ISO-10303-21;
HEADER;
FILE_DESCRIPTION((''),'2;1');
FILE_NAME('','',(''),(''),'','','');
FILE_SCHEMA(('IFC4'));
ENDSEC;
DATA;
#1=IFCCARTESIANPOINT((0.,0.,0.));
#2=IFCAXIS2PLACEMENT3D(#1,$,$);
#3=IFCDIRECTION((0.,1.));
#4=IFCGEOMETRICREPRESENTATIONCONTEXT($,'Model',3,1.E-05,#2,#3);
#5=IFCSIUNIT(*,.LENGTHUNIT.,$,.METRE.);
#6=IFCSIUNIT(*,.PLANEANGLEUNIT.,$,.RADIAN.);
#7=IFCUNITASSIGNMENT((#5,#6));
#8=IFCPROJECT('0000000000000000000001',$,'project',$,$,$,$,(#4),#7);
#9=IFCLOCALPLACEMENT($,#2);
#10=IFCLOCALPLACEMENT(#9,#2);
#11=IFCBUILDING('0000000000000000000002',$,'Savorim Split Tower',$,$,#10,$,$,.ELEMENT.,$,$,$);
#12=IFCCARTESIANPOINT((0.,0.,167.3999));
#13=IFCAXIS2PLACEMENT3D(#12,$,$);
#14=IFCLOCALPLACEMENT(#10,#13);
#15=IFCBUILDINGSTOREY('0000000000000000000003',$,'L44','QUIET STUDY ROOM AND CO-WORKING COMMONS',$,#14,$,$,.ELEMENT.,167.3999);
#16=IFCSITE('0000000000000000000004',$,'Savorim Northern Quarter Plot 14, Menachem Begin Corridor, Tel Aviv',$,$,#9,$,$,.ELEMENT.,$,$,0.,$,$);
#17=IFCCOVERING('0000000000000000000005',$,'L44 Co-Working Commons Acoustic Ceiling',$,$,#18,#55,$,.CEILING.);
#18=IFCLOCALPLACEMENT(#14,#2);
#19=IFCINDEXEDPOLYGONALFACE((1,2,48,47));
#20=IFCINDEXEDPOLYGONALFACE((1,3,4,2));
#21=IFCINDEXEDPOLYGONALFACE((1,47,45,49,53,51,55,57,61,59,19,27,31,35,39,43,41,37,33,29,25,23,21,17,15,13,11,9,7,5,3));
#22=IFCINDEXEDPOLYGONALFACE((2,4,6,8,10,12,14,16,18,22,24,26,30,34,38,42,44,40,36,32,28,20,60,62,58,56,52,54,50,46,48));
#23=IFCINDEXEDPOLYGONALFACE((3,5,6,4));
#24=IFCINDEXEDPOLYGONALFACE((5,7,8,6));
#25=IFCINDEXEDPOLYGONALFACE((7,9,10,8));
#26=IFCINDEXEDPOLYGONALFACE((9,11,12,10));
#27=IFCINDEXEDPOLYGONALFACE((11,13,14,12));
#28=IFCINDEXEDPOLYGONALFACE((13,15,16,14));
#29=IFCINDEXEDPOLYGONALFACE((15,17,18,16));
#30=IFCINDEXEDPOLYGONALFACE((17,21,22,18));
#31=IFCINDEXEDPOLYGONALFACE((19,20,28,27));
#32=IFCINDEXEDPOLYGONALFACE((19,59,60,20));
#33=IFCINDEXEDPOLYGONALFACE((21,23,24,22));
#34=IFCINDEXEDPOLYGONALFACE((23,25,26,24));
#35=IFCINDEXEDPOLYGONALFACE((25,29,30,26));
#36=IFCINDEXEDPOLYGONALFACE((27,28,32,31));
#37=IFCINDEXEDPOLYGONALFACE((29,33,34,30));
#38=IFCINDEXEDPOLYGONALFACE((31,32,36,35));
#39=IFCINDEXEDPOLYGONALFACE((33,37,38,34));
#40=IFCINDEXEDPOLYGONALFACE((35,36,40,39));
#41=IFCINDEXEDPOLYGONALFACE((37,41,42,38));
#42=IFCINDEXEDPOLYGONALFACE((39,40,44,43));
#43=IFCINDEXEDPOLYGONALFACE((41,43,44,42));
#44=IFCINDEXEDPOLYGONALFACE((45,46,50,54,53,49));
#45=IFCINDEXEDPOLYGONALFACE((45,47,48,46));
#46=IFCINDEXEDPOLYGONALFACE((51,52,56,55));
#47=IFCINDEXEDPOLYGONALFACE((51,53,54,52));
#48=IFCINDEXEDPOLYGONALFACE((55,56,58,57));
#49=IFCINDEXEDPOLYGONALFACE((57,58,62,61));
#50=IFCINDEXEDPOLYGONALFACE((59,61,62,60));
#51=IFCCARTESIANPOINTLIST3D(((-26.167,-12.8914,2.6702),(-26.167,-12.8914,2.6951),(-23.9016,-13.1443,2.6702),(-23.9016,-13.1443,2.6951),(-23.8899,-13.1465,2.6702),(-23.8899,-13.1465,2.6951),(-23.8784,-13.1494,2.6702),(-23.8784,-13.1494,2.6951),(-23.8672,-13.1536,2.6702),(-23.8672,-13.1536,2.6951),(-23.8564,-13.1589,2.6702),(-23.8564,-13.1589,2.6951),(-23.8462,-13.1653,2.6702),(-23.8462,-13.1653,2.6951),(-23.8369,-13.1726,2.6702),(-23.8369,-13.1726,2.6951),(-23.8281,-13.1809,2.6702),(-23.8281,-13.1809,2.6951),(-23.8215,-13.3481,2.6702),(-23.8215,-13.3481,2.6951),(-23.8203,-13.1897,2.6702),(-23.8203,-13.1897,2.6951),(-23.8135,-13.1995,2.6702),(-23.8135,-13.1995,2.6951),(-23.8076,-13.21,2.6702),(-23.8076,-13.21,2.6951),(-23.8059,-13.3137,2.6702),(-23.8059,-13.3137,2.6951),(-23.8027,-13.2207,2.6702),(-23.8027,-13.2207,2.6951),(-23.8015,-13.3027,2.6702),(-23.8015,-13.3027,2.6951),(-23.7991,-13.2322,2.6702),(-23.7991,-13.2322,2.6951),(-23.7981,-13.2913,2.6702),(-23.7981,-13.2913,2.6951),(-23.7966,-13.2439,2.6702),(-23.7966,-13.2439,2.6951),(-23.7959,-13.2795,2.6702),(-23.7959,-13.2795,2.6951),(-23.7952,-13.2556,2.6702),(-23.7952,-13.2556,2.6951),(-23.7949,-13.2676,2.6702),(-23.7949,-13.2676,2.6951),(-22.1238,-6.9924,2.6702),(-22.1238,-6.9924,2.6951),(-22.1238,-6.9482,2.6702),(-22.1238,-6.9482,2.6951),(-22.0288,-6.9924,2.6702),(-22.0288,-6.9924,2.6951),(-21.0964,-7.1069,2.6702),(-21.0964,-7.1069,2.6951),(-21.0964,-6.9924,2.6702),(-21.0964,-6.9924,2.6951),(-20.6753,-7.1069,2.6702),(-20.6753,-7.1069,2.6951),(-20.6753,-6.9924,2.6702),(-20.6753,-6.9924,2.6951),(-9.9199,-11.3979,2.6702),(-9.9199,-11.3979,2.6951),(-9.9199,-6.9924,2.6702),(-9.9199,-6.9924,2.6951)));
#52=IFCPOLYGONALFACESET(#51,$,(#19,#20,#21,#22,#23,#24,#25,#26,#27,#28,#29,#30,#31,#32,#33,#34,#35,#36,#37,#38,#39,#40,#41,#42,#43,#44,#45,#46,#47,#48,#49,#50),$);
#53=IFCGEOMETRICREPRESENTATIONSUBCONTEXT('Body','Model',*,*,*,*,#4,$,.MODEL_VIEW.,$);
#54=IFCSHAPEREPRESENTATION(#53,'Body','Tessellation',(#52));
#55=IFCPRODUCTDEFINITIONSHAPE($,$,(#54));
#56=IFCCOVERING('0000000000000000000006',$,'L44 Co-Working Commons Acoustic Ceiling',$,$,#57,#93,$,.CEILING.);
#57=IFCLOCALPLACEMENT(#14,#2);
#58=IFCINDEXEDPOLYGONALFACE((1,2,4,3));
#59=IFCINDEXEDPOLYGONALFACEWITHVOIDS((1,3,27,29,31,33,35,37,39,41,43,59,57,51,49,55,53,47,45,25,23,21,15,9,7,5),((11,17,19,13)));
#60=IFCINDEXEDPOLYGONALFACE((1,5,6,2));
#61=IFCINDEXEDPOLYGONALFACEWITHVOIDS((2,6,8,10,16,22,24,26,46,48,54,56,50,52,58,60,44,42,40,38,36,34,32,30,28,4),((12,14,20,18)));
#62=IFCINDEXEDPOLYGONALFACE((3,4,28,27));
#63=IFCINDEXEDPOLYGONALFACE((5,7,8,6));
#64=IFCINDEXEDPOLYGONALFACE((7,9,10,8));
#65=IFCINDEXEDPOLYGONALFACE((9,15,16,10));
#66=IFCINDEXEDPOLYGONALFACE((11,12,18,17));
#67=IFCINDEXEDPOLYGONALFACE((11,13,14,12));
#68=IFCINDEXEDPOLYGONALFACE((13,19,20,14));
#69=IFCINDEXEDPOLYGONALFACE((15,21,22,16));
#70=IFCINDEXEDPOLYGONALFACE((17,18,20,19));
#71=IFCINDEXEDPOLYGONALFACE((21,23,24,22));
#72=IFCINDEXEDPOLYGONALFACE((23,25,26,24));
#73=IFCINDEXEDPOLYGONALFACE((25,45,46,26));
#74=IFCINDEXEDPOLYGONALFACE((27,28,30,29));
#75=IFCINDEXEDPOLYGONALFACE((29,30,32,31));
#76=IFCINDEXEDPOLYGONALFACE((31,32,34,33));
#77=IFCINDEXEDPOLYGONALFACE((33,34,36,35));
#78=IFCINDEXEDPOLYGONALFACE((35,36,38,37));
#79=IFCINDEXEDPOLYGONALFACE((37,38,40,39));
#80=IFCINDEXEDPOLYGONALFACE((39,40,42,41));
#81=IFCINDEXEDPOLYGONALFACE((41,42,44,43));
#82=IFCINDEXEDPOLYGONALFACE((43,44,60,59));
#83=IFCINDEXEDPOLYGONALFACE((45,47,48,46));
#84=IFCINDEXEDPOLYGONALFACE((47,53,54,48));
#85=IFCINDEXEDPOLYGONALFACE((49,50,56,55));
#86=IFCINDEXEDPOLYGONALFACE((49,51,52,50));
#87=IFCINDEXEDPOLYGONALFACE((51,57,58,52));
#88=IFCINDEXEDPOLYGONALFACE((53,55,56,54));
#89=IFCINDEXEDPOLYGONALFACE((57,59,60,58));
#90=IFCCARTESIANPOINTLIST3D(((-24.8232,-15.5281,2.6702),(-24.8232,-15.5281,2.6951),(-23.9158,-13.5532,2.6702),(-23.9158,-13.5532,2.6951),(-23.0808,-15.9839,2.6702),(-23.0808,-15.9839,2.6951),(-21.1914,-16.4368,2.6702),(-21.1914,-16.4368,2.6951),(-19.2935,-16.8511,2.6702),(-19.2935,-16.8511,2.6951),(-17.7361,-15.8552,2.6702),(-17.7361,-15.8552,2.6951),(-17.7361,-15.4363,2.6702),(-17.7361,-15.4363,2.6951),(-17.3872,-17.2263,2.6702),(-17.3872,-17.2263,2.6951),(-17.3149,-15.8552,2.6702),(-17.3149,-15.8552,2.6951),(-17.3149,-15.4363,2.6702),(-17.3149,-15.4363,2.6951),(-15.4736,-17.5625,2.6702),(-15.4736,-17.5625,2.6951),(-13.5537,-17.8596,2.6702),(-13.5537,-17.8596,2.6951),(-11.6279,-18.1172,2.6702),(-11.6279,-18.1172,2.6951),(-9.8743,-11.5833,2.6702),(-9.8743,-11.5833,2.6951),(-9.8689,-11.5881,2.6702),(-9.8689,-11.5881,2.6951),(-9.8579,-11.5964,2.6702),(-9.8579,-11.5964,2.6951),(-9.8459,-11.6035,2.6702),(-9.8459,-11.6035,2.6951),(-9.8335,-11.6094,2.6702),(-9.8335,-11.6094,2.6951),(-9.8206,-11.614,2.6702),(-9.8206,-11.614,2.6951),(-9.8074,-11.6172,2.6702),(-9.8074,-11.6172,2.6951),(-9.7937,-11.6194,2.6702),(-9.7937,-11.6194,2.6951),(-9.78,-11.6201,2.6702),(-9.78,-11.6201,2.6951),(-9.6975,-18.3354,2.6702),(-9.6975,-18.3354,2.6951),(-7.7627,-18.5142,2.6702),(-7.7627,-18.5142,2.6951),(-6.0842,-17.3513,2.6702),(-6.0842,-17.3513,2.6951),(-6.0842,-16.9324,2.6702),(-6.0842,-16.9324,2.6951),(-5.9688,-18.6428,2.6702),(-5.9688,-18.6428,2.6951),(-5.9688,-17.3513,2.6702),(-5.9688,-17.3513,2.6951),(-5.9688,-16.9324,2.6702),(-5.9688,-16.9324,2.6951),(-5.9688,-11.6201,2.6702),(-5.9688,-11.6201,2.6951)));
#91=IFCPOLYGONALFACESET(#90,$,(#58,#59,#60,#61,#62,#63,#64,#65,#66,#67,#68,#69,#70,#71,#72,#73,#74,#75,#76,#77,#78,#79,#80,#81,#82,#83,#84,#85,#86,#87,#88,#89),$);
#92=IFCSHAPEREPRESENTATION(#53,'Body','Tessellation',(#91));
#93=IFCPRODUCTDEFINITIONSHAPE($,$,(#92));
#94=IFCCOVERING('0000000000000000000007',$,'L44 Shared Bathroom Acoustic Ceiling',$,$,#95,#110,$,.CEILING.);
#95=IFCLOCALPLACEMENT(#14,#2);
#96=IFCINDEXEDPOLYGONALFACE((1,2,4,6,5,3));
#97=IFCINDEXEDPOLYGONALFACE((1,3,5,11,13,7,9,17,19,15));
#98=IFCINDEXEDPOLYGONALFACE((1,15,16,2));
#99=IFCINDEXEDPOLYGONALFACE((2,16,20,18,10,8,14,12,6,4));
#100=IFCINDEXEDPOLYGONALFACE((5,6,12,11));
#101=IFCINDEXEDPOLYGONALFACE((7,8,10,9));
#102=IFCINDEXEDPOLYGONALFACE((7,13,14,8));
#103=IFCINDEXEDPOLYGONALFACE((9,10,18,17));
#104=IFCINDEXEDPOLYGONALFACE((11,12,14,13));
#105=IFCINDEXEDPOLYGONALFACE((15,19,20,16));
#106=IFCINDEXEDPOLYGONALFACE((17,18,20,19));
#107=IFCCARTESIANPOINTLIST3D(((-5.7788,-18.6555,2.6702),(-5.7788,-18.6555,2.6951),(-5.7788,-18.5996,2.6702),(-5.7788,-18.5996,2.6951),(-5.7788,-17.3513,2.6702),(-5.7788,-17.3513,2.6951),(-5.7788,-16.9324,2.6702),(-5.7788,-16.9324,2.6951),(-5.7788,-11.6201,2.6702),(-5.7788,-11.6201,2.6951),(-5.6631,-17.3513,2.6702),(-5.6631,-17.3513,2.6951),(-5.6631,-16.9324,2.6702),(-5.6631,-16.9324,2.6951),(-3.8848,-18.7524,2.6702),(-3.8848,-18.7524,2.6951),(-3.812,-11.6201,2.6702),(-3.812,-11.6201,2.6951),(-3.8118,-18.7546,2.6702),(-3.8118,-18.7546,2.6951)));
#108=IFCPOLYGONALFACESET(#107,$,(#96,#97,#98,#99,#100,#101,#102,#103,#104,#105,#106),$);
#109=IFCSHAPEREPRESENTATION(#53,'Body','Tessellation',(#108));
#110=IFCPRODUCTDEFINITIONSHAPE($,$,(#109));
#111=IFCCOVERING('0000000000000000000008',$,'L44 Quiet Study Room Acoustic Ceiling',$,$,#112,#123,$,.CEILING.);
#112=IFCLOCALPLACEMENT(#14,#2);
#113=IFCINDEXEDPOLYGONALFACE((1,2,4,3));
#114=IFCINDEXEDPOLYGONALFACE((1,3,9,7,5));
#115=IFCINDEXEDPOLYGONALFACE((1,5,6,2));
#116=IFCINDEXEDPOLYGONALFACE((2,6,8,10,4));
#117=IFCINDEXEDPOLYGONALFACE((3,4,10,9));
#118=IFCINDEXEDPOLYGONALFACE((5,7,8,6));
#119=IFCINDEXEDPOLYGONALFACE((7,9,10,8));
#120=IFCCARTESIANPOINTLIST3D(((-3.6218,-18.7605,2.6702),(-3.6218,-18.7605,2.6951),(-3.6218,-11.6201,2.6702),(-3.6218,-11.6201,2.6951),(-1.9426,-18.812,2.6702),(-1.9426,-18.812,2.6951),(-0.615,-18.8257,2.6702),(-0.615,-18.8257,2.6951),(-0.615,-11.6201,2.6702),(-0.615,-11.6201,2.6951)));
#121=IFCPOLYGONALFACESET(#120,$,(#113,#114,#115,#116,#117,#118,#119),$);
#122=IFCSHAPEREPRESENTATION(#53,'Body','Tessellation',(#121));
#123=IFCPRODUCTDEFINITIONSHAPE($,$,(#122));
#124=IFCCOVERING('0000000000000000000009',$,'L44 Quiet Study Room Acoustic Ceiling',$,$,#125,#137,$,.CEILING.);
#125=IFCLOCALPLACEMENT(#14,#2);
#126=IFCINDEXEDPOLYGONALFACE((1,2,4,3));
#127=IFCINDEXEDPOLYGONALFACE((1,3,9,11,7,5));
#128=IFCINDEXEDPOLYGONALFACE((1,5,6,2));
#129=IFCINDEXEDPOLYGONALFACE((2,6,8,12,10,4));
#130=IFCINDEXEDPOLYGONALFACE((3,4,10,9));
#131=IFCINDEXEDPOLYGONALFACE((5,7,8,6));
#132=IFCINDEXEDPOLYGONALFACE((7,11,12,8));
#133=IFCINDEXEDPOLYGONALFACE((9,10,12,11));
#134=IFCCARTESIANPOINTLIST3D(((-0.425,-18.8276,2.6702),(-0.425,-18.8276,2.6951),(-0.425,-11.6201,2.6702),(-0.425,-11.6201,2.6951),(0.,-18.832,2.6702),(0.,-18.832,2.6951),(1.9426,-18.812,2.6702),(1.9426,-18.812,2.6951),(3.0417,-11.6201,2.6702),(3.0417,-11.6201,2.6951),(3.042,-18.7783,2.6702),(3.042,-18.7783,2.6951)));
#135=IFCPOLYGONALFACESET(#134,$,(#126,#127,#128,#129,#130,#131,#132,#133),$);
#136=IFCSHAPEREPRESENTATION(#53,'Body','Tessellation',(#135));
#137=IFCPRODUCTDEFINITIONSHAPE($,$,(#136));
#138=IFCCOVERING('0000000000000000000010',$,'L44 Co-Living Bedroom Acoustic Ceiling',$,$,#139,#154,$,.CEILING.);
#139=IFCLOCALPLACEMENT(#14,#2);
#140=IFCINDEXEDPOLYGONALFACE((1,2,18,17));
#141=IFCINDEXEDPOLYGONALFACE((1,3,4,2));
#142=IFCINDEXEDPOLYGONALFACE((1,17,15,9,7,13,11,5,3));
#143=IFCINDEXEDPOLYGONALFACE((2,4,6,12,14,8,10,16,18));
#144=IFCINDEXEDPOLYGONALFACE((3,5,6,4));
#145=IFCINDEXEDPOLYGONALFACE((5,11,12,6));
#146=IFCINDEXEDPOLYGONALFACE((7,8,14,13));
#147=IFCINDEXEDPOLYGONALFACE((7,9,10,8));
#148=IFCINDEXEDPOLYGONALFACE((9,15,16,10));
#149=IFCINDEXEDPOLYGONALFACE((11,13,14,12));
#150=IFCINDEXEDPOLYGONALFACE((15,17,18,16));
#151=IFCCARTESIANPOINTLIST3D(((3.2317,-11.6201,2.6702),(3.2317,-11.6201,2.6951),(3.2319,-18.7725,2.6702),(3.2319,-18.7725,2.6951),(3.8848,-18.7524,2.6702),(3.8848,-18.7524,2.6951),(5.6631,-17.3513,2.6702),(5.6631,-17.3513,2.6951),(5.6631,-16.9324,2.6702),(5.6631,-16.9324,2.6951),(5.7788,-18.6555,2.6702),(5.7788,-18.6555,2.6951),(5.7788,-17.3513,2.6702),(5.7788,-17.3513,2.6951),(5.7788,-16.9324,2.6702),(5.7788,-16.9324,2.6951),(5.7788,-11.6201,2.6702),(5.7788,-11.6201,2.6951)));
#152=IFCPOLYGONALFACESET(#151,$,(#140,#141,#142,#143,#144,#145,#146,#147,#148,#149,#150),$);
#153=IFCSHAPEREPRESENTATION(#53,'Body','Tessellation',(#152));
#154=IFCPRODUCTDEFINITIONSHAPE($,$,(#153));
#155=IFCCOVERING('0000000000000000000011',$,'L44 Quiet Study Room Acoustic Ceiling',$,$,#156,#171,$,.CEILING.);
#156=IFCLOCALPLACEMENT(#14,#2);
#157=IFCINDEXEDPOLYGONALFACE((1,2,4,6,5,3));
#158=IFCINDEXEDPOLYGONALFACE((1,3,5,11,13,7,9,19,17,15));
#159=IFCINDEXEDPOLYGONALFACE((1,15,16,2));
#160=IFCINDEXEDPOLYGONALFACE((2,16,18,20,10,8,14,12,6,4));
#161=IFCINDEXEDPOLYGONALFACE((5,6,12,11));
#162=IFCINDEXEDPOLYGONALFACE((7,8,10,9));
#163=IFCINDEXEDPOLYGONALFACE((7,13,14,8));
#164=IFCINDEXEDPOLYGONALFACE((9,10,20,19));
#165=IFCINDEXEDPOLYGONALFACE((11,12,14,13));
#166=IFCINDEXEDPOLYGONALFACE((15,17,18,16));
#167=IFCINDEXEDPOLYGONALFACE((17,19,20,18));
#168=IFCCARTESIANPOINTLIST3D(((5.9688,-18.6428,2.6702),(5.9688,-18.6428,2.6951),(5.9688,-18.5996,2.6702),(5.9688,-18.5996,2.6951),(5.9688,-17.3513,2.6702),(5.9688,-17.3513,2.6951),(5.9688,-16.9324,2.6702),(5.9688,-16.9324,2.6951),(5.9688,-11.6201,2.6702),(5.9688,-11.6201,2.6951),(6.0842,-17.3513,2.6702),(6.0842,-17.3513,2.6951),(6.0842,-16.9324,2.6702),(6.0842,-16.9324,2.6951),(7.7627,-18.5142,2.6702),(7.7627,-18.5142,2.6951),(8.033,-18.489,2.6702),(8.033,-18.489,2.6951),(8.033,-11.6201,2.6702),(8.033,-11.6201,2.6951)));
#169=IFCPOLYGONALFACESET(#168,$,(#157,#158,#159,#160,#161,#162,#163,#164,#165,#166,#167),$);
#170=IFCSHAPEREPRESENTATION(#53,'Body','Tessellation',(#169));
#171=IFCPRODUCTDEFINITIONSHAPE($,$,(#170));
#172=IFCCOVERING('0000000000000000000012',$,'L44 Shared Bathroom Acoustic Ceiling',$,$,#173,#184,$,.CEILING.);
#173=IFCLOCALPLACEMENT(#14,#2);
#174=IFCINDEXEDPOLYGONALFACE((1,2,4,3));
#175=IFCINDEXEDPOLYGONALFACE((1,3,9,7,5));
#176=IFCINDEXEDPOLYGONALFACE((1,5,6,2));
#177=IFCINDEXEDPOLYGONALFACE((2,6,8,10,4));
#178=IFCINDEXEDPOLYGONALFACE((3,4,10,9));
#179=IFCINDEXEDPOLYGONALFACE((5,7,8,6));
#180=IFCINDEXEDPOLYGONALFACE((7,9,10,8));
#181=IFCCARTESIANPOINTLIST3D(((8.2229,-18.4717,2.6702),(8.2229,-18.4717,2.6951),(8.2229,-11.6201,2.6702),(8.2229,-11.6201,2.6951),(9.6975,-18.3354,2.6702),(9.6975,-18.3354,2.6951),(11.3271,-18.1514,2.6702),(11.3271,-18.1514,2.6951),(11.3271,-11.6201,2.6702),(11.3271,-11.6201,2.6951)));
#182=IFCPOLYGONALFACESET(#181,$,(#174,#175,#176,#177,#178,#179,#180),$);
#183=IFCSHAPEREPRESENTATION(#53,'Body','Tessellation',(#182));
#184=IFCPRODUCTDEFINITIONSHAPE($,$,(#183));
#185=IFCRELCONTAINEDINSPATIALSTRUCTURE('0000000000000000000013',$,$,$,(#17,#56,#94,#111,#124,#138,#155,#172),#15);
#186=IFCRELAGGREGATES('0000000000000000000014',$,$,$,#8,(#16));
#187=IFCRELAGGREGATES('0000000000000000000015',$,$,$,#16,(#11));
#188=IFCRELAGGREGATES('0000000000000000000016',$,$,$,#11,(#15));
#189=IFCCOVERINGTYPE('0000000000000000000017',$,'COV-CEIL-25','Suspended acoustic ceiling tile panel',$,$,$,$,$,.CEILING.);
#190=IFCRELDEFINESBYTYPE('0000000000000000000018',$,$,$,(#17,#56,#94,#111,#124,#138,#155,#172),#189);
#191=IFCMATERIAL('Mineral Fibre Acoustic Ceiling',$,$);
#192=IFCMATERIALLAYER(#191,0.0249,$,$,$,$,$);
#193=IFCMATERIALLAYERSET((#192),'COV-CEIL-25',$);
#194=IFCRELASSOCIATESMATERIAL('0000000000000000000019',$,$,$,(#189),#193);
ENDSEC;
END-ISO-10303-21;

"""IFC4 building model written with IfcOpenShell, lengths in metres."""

from ifc_helpers import new_model, si_unit, direction, frame, origin, place, context, subcontext, project, spatial, polyline, outline, extrude, material, layer, layer_set, type_object, element, save


model = new_model("IFC4")

# Units and contexts
model_context = context("Model", 3, precision=1e-05, world=origin(), true_north=direction((0.0, 1.0)))
body_context = subcontext(model_context, "Body", "Model", "MODEL_VIEW")
ifc_project = project(units=[si_unit("LENGTHUNIT", "METRE"), si_unit("PLANEANGLEUNIT", "RADIAN")], contexts=[model_context])

# Site, building, storey
site_placement = place(None, origin())
site = spatial("IfcSite", under=ifc_project, at=site_placement, Name="Savorim Northern Quarter Plot 14, Menachem Begin Corridor, Tel Aviv", CompositionType="ELEMENT", RefElevation=0.0)
building_placement = place(site_placement, origin())
building = spatial("IfcBuilding", under=site, at=building_placement, Name="Savorim Split Tower", CompositionType="ELEMENT")
storey_placement = place(building_placement, frame((0.0, 0.0, 167.3999)))
storey = spatial("IfcBuildingStorey", under=building, at=storey_placement, Name="L44", Description="QUIET STUDY ROOM AND CO-WORKING COMMONS", CompositionType="ELEMENT", Elevation=167.3999)

# Coverings
ifc_material_1 = material(Name="Mineral Fibre Acoustic Ceiling")
ifc_layer_1 = layer(ifc_material_1, 0.0249)
ifc_layer_set_1 = layer_set([ifc_layer_1], Name="COV-CEIL-25")
covering_type_1 = type_object("IfcCoveringType", Name="COV-CEIL-25", Description="Suspended acoustic ceiling tile panel", PredefinedType="CEILING", material=ifc_layer_set_1)
covering_1_placement = place(storey_placement, frame((0.0, 0.0, 2.6702)))
element("IfcCovering", 1, at=covering_1_placement, inside=storey, type_object=covering_type_1, Name="L44 Co-Working Commons Acoustic Ceiling", PredefinedType="CEILING", context=body_context, shape_type="SweptSolid", body=[
    extrude(outline(polyline([(-23.7949, -13.2676), (-23.7959, -13.2795), (-23.7981, -13.2913), (-23.8015, -13.3027), (-23.8059, -13.3137), (-23.8215, -13.3481), (-9.9199, -11.3979), (-9.9199, -6.9924), (-20.6753, -6.9924), (-20.6753, -7.1069), (-21.0964, -7.1069), (-21.0964, -6.9924), (-22.0288, -6.9924), (-22.1238, -6.9924), (-22.1238, -6.9482), (-26.167, -12.8914), (-23.9016, -13.1443), (-23.8899, -13.1465), (-23.8784, -13.1494), (-23.8672, -13.1536), (-23.8564, -13.1589), (-23.8462, -13.1653), (-23.8369, -13.1726), (-23.8281, -13.1809), (-23.8203, -13.1897), (-23.8135, -13.1995), (-23.8076, -13.21), (-23.8027, -13.2207), (-23.7991, -13.2322), (-23.7966, -13.2439), (-23.7952, -13.2556), (-23.7949, -13.2676)])), origin(), (0.0, 0.0, 1.0), 0.0249),
])
covering_2_placement = place(storey_placement, frame((0.0, 0.0, 2.6702)))
element("IfcCovering", 2, at=covering_2_placement, inside=storey, type_object=covering_type_1, Name="L44 Co-Working Commons Acoustic Ceiling", PredefinedType="CEILING", context=body_context, shape_type="SweptSolid", body=[
    extrude(outline(polyline([(-9.8459, -11.6035), (-9.8579, -11.5964), (-9.8689, -11.5881), (-9.8743, -11.5833), (-23.9158, -13.5532), (-24.8232, -15.5281), (-23.0808, -15.9839), (-21.1914, -16.4368), (-19.2935, -16.8511), (-17.3872, -17.2263), (-15.4736, -17.5625), (-13.5537, -17.8596), (-11.6279, -18.1172), (-9.6975, -18.3354), (-7.7627, -18.5142), (-5.9688, -18.6428), (-5.9688, -17.3513), (-6.0842, -17.3513), (-6.0842, -16.9324), (-5.9688, -16.9324), (-5.9688, -11.6201), (-9.78, -11.6201), (-9.7937, -11.6194), (-9.8074, -11.6172), (-9.8206, -11.614), (-9.8335, -11.6094), (-9.8459, -11.6035)]), holes=[polyline([(-17.7361, -15.8552), (-17.3149, -15.8552), (-17.3149, -15.4363), (-17.7361, -15.4363), (-17.7361, -15.8552)])]), origin(), (0.0, 0.0, 1.0), 0.0249),
])
covering_3_placement = place(storey_placement, frame((0.0, 0.0, 2.6702)))
element("IfcCovering", 3, at=covering_3_placement, inside=storey, type_object=covering_type_1, Name="L44 Shared Bathroom Acoustic Ceiling", PredefinedType="CEILING", context=body_context, shape_type="SweptSolid", body=[
    extrude(outline(polyline([(-5.7788, -18.5996), (-5.7788, -18.6555), (-3.8848, -18.7524), (-3.8118, -18.7546), (-3.812, -11.6201), (-5.7788, -11.6201), (-5.7788, -16.9324), (-5.6631, -16.9324), (-5.6631, -17.3513), (-5.7788, -17.3513), (-5.7788, -18.5996)])), origin(), (0.0, 0.0, 1.0), 0.0249),
])
covering_4_placement = place(storey_placement, frame((0.0, 0.0, 2.6702)))
element("IfcCovering", 4, at=covering_4_placement, inside=storey, type_object=covering_type_1, Name="L44 Quiet Study Room Acoustic Ceiling", PredefinedType="CEILING", context=body_context, shape_type="SweptSolid", body=[
    extrude(outline(polyline([(-3.6218, -11.6201), (-3.6218, -18.7605), (-1.9426, -18.812), (-0.615, -18.8257), (-0.615, -11.6201), (-3.6218, -11.6201)])), origin(), (0.0, 0.0, 1.0), 0.0249),
])
covering_5_placement = place(storey_placement, frame((0.0, 0.0, 2.6702)))
element("IfcCovering", 5, at=covering_5_placement, inside=storey, type_object=covering_type_1, Name="L44 Quiet Study Room Acoustic Ceiling", PredefinedType="CEILING", context=body_context, shape_type="SweptSolid", body=[
    extrude(outline(polyline([(-0.425, -18.8276), (0.0, -18.832), (1.9426, -18.812), (3.042, -18.7783), (3.0417, -11.6201), (-0.425, -11.6201), (-0.425, -18.8276)])), origin(), (0.0, 0.0, 1.0), 0.0249),
])
covering_6_placement = place(storey_placement, frame((0.0, 0.0, 2.6702)))
element("IfcCovering", 6, at=covering_6_placement, inside=storey, type_object=covering_type_1, Name="L44 Co-Living Bedroom Acoustic Ceiling", PredefinedType="CEILING", context=body_context, shape_type="SweptSolid", body=[
    extrude(outline(polyline([(5.7788, -11.6201), (3.2317, -11.6201), (3.2319, -18.7725), (3.8848, -18.7524), (5.7788, -18.6555), (5.7788, -17.3513), (5.6631, -17.3513), (5.6631, -16.9324), (5.7788, -16.9324), (5.7788, -11.6201)])), origin(), (0.0, 0.0, 1.0), 0.0249),
])
covering_7_placement = place(storey_placement, frame((0.0, 0.0, 2.6702)))
element("IfcCovering", 7, at=covering_7_placement, inside=storey, type_object=covering_type_1, Name="L44 Quiet Study Room Acoustic Ceiling", PredefinedType="CEILING", context=body_context, shape_type="SweptSolid", body=[
    extrude(outline(polyline([(5.9688, -18.5996), (5.9688, -18.6428), (7.7627, -18.5142), (8.033, -18.489), (8.033, -11.6201), (5.9688, -11.6201), (5.9688, -16.9324), (6.0842, -16.9324), (6.0842, -17.3513), (5.9688, -17.3513), (5.9688, -18.5996)])), origin(), (0.0, 0.0, 1.0), 0.0249),
])
covering_8_placement = place(storey_placement, frame((0.0, 0.0, 2.6702)))
element("IfcCovering", 8, at=covering_8_placement, inside=storey, type_object=covering_type_1, Name="L44 Shared Bathroom Acoustic Ceiling", PredefinedType="CEILING", context=body_context, shape_type="SweptSolid", body=[
    extrude(outline(polyline([(8.2229, -11.6201), (8.2229, -18.4717), (9.6975, -18.3354), (11.3271, -18.1514), (11.3271, -11.6201), (8.2229, -11.6201)])), origin(), (0.0, 0.0, 1.0), 0.0249),
])

save(model, "model.ifc")
